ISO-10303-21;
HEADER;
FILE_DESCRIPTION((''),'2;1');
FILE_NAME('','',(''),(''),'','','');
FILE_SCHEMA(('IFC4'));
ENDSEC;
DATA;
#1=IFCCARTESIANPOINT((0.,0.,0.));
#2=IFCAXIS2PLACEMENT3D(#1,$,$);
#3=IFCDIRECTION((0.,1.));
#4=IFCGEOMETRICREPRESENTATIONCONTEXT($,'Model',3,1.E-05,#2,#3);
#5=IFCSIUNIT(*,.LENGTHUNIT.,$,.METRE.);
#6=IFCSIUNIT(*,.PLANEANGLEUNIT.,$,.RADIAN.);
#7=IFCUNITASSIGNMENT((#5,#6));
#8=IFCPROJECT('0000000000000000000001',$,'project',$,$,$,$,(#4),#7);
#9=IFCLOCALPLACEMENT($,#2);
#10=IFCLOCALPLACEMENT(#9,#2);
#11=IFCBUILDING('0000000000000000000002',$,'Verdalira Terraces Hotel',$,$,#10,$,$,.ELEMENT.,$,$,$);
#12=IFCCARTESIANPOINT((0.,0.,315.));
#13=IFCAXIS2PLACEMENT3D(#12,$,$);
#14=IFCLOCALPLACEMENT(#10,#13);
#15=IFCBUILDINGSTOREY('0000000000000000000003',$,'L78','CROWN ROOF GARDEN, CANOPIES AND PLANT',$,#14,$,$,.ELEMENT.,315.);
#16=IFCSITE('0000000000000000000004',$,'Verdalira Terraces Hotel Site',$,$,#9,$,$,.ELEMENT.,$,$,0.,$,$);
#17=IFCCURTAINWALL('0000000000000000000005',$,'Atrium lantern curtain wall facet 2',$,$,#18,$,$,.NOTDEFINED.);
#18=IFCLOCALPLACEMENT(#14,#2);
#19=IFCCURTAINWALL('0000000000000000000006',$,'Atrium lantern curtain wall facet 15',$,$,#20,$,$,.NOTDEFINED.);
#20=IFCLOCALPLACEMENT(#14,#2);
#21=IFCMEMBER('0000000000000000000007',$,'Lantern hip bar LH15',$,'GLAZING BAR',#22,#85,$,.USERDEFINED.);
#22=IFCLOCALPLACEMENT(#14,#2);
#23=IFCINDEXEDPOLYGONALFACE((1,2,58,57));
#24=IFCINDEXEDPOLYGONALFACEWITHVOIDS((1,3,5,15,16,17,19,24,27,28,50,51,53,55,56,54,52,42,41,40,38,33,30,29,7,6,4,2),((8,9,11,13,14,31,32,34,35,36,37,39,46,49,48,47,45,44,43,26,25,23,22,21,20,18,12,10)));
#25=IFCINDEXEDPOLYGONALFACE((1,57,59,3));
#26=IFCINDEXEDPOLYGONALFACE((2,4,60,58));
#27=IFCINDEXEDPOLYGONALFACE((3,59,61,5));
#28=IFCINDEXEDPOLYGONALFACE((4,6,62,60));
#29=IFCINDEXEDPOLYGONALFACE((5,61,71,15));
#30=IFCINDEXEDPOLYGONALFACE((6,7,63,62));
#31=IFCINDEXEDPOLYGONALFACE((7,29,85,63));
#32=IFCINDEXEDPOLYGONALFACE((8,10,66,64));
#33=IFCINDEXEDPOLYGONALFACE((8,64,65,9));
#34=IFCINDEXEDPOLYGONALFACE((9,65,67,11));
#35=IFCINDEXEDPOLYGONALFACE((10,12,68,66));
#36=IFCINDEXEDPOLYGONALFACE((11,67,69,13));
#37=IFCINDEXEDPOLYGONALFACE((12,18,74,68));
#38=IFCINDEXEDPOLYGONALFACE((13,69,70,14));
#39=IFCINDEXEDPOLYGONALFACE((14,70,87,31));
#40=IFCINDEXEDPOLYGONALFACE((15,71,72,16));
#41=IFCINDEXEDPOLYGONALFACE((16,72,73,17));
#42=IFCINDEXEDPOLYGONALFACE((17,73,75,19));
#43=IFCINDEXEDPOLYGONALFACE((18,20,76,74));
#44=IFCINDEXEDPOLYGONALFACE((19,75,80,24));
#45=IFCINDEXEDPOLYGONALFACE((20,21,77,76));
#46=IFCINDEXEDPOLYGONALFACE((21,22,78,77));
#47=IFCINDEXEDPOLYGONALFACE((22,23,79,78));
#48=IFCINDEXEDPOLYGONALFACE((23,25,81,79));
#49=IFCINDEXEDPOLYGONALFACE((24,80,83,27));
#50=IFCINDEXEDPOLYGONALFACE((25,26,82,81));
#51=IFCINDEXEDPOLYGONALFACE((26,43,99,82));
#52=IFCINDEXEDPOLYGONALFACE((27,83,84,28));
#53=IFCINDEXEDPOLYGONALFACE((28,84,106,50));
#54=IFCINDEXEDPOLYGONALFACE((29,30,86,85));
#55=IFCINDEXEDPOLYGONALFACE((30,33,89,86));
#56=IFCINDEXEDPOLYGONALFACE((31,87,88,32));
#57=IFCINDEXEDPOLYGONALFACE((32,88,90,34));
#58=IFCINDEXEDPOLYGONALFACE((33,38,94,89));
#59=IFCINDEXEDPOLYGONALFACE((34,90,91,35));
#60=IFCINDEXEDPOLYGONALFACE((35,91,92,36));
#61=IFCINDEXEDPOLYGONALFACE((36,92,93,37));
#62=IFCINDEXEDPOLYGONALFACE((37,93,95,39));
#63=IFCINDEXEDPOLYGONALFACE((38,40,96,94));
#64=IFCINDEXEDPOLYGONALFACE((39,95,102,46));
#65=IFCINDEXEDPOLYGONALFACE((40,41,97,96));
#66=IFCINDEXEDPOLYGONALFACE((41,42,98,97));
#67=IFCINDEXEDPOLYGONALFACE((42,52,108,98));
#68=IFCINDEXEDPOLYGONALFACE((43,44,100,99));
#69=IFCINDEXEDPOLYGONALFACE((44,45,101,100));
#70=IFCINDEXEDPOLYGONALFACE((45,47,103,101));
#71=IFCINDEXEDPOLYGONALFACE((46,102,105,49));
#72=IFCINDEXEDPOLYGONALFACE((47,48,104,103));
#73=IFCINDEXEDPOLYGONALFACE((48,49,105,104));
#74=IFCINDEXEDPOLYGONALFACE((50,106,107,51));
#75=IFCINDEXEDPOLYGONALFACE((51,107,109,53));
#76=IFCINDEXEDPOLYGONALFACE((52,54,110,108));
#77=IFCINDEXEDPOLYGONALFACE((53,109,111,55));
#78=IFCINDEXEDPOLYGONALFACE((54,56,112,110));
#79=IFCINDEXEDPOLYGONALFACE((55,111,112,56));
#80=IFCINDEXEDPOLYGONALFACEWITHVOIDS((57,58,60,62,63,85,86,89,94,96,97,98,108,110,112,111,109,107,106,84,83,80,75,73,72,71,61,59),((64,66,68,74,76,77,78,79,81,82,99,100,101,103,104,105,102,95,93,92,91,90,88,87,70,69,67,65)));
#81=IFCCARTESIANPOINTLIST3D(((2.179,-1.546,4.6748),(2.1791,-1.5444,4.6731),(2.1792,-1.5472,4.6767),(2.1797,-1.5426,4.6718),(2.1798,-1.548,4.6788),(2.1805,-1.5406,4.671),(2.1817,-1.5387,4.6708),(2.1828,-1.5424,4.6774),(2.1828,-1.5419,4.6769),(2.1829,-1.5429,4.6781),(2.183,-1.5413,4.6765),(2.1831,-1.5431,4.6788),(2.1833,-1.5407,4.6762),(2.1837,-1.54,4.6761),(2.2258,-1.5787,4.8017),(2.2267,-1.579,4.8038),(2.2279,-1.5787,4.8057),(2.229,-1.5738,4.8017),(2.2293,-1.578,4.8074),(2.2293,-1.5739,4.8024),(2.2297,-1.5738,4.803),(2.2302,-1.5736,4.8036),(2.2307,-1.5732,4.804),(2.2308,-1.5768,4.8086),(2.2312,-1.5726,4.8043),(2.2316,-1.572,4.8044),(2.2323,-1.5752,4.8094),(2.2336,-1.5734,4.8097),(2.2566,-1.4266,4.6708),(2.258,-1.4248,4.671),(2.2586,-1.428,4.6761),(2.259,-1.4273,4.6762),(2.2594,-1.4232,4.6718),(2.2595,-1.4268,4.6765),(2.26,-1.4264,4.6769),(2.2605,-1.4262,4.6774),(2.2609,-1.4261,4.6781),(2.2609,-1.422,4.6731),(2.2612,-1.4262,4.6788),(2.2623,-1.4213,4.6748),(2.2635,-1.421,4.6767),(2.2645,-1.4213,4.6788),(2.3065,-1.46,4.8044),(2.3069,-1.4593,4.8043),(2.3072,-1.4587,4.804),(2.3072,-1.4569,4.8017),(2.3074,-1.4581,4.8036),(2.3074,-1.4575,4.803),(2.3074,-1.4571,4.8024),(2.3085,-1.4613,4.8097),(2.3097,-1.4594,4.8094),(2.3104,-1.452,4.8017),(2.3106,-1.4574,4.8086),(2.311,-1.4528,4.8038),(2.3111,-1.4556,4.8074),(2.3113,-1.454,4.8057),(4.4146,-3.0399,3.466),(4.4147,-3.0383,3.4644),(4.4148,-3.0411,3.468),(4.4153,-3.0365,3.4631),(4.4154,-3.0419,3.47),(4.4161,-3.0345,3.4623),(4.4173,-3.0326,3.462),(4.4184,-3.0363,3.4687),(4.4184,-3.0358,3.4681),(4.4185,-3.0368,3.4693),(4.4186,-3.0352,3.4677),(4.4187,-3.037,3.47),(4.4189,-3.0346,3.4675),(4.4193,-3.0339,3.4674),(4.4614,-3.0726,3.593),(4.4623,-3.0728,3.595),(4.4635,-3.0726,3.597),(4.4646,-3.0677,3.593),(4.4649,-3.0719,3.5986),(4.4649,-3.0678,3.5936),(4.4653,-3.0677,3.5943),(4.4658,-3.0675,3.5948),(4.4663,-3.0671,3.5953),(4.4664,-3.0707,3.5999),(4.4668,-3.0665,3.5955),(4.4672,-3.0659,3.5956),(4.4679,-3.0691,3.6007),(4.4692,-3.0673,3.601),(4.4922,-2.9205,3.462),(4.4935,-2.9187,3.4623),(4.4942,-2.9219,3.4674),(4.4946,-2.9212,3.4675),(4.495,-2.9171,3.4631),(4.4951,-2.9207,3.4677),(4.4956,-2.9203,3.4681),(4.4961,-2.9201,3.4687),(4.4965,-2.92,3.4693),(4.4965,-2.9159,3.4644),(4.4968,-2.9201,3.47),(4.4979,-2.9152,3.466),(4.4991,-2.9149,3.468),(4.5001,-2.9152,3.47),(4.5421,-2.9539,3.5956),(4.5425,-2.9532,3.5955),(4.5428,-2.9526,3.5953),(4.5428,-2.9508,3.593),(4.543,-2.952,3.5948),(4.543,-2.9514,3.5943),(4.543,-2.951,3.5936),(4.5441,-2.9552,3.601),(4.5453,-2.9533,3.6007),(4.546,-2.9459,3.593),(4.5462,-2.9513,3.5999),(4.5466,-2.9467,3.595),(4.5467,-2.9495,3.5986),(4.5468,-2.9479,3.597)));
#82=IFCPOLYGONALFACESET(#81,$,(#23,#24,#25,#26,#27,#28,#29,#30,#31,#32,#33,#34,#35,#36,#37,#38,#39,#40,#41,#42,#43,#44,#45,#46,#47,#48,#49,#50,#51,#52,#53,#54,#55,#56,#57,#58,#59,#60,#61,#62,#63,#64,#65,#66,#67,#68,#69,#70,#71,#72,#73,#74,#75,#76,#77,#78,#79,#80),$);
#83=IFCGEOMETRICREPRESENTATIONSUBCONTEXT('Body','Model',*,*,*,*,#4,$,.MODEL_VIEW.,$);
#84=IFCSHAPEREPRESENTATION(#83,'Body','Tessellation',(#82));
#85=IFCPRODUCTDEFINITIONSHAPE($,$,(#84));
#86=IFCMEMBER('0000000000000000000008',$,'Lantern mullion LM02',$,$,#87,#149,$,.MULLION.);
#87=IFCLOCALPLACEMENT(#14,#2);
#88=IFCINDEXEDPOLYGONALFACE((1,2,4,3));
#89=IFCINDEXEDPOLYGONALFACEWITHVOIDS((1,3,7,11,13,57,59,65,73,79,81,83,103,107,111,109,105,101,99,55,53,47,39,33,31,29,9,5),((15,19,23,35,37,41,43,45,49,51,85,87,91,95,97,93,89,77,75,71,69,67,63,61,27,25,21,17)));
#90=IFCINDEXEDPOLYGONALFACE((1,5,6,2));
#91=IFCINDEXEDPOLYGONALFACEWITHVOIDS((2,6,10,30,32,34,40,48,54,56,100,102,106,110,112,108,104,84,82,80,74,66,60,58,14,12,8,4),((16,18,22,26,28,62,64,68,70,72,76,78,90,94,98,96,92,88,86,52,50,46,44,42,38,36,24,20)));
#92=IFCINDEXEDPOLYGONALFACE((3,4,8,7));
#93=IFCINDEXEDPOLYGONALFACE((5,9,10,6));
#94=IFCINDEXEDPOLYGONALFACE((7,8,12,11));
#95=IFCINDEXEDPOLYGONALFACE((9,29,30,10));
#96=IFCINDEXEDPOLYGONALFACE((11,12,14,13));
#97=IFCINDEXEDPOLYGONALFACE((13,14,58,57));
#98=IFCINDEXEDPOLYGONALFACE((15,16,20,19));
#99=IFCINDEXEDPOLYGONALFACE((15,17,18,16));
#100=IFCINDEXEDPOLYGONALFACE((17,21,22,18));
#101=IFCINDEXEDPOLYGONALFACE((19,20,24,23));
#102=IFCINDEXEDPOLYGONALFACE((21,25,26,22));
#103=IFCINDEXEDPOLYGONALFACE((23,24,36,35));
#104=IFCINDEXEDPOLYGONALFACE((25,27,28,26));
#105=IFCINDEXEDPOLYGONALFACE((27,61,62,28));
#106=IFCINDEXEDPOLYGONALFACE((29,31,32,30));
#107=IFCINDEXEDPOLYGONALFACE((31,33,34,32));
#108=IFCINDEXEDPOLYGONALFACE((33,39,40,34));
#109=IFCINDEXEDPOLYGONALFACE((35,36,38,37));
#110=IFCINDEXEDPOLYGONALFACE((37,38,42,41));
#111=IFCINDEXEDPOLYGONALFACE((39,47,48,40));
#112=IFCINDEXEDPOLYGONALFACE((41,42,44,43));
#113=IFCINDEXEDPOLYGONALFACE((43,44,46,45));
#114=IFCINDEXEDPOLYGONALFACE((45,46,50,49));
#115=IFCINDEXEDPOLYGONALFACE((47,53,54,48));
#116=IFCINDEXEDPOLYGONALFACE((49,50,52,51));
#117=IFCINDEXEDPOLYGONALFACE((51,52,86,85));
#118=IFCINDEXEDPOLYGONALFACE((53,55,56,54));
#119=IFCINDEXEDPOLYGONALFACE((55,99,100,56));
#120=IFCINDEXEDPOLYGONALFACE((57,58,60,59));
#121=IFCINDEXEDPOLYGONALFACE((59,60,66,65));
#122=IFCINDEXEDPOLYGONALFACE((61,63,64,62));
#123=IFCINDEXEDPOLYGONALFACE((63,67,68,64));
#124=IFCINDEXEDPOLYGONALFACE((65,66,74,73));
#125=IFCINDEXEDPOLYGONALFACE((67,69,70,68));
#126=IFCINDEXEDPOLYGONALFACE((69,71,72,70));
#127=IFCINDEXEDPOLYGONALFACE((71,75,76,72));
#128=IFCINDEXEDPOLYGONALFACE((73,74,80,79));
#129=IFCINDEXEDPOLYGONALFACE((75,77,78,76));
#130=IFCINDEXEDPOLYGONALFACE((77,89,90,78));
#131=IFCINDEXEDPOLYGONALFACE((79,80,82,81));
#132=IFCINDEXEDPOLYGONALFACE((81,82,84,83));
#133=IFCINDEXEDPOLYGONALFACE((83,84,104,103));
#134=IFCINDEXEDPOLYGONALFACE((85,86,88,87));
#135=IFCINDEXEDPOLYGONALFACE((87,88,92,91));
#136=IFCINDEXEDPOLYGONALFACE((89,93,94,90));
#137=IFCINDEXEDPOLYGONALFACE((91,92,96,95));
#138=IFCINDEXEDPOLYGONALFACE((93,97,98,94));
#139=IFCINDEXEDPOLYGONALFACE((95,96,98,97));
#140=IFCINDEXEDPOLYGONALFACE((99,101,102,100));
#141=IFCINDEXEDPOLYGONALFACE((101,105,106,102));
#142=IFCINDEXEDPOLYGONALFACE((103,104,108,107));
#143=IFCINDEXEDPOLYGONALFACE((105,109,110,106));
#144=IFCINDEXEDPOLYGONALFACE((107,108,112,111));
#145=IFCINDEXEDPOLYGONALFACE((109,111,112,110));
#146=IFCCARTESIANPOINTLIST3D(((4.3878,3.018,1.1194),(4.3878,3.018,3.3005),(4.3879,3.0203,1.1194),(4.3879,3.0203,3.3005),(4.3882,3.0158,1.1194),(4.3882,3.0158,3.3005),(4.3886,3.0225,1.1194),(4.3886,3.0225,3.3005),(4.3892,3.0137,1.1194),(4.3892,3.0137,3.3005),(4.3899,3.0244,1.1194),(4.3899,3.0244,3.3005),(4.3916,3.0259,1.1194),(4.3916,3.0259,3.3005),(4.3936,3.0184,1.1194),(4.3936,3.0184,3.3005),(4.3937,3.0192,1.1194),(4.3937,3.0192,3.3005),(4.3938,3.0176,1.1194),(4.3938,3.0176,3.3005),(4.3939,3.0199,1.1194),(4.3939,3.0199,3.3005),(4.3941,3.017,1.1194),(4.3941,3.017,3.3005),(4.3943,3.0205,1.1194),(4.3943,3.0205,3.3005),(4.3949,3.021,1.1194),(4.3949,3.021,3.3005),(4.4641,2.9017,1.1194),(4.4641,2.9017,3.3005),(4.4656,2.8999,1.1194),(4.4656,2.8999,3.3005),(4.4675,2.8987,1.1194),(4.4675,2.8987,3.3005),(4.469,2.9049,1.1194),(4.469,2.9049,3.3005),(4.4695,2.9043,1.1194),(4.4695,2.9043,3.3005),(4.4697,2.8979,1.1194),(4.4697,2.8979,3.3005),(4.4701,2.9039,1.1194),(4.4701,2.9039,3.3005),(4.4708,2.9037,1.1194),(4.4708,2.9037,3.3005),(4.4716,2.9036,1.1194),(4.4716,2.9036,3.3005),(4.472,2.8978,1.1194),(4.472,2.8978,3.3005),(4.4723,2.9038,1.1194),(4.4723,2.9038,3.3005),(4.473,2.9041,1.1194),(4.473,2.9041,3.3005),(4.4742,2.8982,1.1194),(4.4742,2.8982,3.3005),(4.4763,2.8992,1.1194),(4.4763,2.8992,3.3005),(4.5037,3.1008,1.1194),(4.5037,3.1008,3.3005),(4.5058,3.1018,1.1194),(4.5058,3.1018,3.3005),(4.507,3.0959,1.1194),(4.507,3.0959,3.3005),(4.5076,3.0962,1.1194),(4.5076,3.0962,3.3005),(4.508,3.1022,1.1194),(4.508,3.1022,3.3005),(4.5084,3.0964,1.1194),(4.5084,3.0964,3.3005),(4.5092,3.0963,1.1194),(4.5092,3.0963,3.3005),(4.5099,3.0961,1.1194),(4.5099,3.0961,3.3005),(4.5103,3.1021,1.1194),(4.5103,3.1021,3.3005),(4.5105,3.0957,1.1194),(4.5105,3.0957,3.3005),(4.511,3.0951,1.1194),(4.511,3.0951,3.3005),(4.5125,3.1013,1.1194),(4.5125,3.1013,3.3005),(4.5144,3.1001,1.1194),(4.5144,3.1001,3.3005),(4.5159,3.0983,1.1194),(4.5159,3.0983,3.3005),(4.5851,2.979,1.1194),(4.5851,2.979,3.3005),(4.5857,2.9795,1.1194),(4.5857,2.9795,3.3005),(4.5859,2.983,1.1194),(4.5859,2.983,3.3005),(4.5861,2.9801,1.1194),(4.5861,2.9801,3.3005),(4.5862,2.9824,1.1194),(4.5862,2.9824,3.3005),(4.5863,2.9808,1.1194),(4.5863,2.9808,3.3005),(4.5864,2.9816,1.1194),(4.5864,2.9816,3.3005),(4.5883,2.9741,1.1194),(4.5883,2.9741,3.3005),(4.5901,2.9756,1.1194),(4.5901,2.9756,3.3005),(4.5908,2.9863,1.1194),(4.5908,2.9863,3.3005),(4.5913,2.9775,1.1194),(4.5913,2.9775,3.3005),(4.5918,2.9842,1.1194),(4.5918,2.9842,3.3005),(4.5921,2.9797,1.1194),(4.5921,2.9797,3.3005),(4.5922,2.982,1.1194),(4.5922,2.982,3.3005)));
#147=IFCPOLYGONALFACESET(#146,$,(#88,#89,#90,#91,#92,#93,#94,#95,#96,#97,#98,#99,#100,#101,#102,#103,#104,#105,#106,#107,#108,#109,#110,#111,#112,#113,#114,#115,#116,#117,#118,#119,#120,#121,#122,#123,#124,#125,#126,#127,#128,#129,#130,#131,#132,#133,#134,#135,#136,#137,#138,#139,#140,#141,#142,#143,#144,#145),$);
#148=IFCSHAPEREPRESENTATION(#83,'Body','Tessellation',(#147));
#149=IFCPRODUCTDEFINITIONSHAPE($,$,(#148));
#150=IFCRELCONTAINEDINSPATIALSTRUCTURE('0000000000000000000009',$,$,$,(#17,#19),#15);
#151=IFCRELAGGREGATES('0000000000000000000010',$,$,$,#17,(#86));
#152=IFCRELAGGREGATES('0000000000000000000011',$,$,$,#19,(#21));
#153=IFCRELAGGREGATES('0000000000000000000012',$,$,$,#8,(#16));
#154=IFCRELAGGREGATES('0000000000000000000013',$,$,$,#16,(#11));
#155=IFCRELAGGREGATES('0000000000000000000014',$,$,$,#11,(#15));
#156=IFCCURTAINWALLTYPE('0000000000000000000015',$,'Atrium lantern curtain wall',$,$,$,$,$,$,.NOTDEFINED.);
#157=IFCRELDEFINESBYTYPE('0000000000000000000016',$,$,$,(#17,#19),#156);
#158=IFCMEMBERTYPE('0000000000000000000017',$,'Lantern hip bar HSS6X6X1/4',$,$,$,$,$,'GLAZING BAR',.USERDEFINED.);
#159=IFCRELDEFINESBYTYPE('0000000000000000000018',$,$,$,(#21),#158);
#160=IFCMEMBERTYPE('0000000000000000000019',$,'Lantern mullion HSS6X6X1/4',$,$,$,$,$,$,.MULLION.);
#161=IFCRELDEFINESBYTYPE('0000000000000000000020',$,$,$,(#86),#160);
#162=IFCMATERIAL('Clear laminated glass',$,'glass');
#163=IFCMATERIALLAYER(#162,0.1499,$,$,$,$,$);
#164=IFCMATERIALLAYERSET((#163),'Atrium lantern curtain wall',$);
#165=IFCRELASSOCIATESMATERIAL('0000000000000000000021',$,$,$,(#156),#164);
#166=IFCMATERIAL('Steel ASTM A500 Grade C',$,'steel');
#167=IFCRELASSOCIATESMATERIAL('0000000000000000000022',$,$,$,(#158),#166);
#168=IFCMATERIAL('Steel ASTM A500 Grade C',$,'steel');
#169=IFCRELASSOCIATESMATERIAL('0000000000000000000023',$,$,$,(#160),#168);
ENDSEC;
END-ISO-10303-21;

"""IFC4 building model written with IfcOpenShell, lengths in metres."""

from ifc_helpers import new_model, si_unit, direction, frame, origin, origin_2d, place, context, subcontext, project, spatial, hollow_rectangle, extrude, material, layer, layer_set, material_profile, profile_set, type_object, element, aggregate, save


model = new_model("IFC4")

# Units and contexts
model_context = context("Model", 3, precision=1e-05, world=origin(), true_north=direction((0.0, 1.0)))
body_context = subcontext(model_context, "Body", "Model", "MODEL_VIEW")
ifc_project = project(units=[si_unit("LENGTHUNIT", "METRE"), si_unit("PLANEANGLEUNIT", "RADIAN")], contexts=[model_context])

# Site, building, storey
site_placement = place(None, origin())
site = spatial("IfcSite", under=ifc_project, at=site_placement, Name="Verdalira Terraces Hotel Site", CompositionType="ELEMENT", RefElevation=0.0)
building_placement = place(site_placement, origin())
building = spatial("IfcBuilding", under=site, at=building_placement, Name="Verdalira Terraces Hotel", CompositionType="ELEMENT")
storey_placement = place(building_placement, frame((0.0, 0.0, 315.0)))
storey = spatial("IfcBuildingStorey", under=building, at=storey_placement, Name="L78", Description="CROWN ROOF GARDEN, CANOPIES AND PLANT", CompositionType="ELEMENT", Elevation=315.0)

# Curtain walls
ifc_material_1 = material(Name="Clear laminated glass", Category="glass")
ifc_layer_1 = layer(ifc_material_1, 0.1499)
ifc_layer_set_1 = layer_set([ifc_layer_1], Name="Atrium lantern curtain wall")
curtain_wall_type = type_object("IfcCurtainWallType", Name="Atrium lantern curtain wall", PredefinedType="NOTDEFINED", material=ifc_layer_set_1)
curtain_wall_1_placement = place(storey_placement, origin())
curtain_wall_1 = element("IfcCurtainWall", 1, at=curtain_wall_1_placement, inside=storey, type_object=curtain_wall_type, Name="Atrium lantern curtain wall facet 2", PredefinedType="NOTDEFINED")
curtain_wall_2_placement = place(storey_placement, origin())
curtain_wall_2 = element("IfcCurtainWall", 2, at=curtain_wall_2_placement, inside=storey, type_object=curtain_wall_type, Name="Atrium lantern curtain wall facet 15", PredefinedType="NOTDEFINED")

# Members
ifc_material_2 = material(Name="Steel ASTM A500 Grade C", Category="steel")
ifc_material_profile_1 = material_profile(ifc_material_2, hollow_rectangle(XDim=0.1523, YDim=0.1523, WallThickness=0.0059, InnerFilletRadius=0.0029, OuterFilletRadius=0.0088, at=origin_2d()), Name="HSS6X6X1/4")
ifc_profile_set_1 = profile_set([ifc_material_profile_1], Name="Steel ASTM A500 Grade C")
member_type_1 = type_object("IfcMemberType", Name="Lantern hip bar HSS6X6X1/4", ElementType="GLAZING BAR", PredefinedType="USERDEFINED", material=ifc_profile_set_1)
member_1_placement = place(storey_placement, frame((4.4807, -2.9939, 3.5315), z_axis=(-0.758345, 0.50675, 0.410021), x_axis=(-0.555601, -0.831449, 0.0)))
member_1 = element("IfcMember", 3, at=member_1_placement, type_object=member_type_1, Name="Lantern hip bar LH15", ObjectType="GLAZING BAR", PredefinedType="USERDEFINED", context=body_context, shape_type="SweptSolid", body=[
    extrude(hollow_rectangle(XDim=0.1523, YDim=0.1523, WallThickness=0.0059, InnerFilletRadius=0.0029, OuterFilletRadius=0.0088, at=origin_2d()), origin(), (0.0, 0.0, 1.0), 2.948),
])
ifc_material_3 = material(Name="Steel ASTM A500 Grade C", Category="steel")
ifc_material_profile_2 = material_profile(ifc_material_3, hollow_rectangle(XDim=0.1523, YDim=0.1523, WallThickness=0.0059, InnerFilletRadius=0.0029, OuterFilletRadius=0.0088, at=origin_2d()), Name="HSS6X6X1/4")
ifc_profile_set_2 = profile_set([ifc_material_profile_2], Name="Steel ASTM A500 Grade C")
member_type_2 = type_object("IfcMemberType", Name="Lantern mullion HSS6X6X1/4", PredefinedType="MULLION", material=ifc_profile_set_2)
member_2_placement = place(storey_placement, frame((4.49, 3.0, 1.1194), z_axis=(0.0, 0.0, 1.0), x_axis=(0.83147, 0.55557, 0.0)))
member_2 = element("IfcMember", 4, at=member_2_placement, type_object=member_type_2, Name="Lantern mullion LM02", PredefinedType="MULLION", context=body_context, shape_type="SweptSolid", body=[
    extrude(hollow_rectangle(XDim=0.1523, YDim=0.1523, WallThickness=0.0059, InnerFilletRadius=0.0029, OuterFilletRadius=0.0088, at=origin_2d()), origin(), (0.0, 0.0, 1.0), 2.1812),
])
aggregate(curtain_wall_1, [member_2])

aggregate(curtain_wall_2, [member_1])

save(model, "model.ifc")
